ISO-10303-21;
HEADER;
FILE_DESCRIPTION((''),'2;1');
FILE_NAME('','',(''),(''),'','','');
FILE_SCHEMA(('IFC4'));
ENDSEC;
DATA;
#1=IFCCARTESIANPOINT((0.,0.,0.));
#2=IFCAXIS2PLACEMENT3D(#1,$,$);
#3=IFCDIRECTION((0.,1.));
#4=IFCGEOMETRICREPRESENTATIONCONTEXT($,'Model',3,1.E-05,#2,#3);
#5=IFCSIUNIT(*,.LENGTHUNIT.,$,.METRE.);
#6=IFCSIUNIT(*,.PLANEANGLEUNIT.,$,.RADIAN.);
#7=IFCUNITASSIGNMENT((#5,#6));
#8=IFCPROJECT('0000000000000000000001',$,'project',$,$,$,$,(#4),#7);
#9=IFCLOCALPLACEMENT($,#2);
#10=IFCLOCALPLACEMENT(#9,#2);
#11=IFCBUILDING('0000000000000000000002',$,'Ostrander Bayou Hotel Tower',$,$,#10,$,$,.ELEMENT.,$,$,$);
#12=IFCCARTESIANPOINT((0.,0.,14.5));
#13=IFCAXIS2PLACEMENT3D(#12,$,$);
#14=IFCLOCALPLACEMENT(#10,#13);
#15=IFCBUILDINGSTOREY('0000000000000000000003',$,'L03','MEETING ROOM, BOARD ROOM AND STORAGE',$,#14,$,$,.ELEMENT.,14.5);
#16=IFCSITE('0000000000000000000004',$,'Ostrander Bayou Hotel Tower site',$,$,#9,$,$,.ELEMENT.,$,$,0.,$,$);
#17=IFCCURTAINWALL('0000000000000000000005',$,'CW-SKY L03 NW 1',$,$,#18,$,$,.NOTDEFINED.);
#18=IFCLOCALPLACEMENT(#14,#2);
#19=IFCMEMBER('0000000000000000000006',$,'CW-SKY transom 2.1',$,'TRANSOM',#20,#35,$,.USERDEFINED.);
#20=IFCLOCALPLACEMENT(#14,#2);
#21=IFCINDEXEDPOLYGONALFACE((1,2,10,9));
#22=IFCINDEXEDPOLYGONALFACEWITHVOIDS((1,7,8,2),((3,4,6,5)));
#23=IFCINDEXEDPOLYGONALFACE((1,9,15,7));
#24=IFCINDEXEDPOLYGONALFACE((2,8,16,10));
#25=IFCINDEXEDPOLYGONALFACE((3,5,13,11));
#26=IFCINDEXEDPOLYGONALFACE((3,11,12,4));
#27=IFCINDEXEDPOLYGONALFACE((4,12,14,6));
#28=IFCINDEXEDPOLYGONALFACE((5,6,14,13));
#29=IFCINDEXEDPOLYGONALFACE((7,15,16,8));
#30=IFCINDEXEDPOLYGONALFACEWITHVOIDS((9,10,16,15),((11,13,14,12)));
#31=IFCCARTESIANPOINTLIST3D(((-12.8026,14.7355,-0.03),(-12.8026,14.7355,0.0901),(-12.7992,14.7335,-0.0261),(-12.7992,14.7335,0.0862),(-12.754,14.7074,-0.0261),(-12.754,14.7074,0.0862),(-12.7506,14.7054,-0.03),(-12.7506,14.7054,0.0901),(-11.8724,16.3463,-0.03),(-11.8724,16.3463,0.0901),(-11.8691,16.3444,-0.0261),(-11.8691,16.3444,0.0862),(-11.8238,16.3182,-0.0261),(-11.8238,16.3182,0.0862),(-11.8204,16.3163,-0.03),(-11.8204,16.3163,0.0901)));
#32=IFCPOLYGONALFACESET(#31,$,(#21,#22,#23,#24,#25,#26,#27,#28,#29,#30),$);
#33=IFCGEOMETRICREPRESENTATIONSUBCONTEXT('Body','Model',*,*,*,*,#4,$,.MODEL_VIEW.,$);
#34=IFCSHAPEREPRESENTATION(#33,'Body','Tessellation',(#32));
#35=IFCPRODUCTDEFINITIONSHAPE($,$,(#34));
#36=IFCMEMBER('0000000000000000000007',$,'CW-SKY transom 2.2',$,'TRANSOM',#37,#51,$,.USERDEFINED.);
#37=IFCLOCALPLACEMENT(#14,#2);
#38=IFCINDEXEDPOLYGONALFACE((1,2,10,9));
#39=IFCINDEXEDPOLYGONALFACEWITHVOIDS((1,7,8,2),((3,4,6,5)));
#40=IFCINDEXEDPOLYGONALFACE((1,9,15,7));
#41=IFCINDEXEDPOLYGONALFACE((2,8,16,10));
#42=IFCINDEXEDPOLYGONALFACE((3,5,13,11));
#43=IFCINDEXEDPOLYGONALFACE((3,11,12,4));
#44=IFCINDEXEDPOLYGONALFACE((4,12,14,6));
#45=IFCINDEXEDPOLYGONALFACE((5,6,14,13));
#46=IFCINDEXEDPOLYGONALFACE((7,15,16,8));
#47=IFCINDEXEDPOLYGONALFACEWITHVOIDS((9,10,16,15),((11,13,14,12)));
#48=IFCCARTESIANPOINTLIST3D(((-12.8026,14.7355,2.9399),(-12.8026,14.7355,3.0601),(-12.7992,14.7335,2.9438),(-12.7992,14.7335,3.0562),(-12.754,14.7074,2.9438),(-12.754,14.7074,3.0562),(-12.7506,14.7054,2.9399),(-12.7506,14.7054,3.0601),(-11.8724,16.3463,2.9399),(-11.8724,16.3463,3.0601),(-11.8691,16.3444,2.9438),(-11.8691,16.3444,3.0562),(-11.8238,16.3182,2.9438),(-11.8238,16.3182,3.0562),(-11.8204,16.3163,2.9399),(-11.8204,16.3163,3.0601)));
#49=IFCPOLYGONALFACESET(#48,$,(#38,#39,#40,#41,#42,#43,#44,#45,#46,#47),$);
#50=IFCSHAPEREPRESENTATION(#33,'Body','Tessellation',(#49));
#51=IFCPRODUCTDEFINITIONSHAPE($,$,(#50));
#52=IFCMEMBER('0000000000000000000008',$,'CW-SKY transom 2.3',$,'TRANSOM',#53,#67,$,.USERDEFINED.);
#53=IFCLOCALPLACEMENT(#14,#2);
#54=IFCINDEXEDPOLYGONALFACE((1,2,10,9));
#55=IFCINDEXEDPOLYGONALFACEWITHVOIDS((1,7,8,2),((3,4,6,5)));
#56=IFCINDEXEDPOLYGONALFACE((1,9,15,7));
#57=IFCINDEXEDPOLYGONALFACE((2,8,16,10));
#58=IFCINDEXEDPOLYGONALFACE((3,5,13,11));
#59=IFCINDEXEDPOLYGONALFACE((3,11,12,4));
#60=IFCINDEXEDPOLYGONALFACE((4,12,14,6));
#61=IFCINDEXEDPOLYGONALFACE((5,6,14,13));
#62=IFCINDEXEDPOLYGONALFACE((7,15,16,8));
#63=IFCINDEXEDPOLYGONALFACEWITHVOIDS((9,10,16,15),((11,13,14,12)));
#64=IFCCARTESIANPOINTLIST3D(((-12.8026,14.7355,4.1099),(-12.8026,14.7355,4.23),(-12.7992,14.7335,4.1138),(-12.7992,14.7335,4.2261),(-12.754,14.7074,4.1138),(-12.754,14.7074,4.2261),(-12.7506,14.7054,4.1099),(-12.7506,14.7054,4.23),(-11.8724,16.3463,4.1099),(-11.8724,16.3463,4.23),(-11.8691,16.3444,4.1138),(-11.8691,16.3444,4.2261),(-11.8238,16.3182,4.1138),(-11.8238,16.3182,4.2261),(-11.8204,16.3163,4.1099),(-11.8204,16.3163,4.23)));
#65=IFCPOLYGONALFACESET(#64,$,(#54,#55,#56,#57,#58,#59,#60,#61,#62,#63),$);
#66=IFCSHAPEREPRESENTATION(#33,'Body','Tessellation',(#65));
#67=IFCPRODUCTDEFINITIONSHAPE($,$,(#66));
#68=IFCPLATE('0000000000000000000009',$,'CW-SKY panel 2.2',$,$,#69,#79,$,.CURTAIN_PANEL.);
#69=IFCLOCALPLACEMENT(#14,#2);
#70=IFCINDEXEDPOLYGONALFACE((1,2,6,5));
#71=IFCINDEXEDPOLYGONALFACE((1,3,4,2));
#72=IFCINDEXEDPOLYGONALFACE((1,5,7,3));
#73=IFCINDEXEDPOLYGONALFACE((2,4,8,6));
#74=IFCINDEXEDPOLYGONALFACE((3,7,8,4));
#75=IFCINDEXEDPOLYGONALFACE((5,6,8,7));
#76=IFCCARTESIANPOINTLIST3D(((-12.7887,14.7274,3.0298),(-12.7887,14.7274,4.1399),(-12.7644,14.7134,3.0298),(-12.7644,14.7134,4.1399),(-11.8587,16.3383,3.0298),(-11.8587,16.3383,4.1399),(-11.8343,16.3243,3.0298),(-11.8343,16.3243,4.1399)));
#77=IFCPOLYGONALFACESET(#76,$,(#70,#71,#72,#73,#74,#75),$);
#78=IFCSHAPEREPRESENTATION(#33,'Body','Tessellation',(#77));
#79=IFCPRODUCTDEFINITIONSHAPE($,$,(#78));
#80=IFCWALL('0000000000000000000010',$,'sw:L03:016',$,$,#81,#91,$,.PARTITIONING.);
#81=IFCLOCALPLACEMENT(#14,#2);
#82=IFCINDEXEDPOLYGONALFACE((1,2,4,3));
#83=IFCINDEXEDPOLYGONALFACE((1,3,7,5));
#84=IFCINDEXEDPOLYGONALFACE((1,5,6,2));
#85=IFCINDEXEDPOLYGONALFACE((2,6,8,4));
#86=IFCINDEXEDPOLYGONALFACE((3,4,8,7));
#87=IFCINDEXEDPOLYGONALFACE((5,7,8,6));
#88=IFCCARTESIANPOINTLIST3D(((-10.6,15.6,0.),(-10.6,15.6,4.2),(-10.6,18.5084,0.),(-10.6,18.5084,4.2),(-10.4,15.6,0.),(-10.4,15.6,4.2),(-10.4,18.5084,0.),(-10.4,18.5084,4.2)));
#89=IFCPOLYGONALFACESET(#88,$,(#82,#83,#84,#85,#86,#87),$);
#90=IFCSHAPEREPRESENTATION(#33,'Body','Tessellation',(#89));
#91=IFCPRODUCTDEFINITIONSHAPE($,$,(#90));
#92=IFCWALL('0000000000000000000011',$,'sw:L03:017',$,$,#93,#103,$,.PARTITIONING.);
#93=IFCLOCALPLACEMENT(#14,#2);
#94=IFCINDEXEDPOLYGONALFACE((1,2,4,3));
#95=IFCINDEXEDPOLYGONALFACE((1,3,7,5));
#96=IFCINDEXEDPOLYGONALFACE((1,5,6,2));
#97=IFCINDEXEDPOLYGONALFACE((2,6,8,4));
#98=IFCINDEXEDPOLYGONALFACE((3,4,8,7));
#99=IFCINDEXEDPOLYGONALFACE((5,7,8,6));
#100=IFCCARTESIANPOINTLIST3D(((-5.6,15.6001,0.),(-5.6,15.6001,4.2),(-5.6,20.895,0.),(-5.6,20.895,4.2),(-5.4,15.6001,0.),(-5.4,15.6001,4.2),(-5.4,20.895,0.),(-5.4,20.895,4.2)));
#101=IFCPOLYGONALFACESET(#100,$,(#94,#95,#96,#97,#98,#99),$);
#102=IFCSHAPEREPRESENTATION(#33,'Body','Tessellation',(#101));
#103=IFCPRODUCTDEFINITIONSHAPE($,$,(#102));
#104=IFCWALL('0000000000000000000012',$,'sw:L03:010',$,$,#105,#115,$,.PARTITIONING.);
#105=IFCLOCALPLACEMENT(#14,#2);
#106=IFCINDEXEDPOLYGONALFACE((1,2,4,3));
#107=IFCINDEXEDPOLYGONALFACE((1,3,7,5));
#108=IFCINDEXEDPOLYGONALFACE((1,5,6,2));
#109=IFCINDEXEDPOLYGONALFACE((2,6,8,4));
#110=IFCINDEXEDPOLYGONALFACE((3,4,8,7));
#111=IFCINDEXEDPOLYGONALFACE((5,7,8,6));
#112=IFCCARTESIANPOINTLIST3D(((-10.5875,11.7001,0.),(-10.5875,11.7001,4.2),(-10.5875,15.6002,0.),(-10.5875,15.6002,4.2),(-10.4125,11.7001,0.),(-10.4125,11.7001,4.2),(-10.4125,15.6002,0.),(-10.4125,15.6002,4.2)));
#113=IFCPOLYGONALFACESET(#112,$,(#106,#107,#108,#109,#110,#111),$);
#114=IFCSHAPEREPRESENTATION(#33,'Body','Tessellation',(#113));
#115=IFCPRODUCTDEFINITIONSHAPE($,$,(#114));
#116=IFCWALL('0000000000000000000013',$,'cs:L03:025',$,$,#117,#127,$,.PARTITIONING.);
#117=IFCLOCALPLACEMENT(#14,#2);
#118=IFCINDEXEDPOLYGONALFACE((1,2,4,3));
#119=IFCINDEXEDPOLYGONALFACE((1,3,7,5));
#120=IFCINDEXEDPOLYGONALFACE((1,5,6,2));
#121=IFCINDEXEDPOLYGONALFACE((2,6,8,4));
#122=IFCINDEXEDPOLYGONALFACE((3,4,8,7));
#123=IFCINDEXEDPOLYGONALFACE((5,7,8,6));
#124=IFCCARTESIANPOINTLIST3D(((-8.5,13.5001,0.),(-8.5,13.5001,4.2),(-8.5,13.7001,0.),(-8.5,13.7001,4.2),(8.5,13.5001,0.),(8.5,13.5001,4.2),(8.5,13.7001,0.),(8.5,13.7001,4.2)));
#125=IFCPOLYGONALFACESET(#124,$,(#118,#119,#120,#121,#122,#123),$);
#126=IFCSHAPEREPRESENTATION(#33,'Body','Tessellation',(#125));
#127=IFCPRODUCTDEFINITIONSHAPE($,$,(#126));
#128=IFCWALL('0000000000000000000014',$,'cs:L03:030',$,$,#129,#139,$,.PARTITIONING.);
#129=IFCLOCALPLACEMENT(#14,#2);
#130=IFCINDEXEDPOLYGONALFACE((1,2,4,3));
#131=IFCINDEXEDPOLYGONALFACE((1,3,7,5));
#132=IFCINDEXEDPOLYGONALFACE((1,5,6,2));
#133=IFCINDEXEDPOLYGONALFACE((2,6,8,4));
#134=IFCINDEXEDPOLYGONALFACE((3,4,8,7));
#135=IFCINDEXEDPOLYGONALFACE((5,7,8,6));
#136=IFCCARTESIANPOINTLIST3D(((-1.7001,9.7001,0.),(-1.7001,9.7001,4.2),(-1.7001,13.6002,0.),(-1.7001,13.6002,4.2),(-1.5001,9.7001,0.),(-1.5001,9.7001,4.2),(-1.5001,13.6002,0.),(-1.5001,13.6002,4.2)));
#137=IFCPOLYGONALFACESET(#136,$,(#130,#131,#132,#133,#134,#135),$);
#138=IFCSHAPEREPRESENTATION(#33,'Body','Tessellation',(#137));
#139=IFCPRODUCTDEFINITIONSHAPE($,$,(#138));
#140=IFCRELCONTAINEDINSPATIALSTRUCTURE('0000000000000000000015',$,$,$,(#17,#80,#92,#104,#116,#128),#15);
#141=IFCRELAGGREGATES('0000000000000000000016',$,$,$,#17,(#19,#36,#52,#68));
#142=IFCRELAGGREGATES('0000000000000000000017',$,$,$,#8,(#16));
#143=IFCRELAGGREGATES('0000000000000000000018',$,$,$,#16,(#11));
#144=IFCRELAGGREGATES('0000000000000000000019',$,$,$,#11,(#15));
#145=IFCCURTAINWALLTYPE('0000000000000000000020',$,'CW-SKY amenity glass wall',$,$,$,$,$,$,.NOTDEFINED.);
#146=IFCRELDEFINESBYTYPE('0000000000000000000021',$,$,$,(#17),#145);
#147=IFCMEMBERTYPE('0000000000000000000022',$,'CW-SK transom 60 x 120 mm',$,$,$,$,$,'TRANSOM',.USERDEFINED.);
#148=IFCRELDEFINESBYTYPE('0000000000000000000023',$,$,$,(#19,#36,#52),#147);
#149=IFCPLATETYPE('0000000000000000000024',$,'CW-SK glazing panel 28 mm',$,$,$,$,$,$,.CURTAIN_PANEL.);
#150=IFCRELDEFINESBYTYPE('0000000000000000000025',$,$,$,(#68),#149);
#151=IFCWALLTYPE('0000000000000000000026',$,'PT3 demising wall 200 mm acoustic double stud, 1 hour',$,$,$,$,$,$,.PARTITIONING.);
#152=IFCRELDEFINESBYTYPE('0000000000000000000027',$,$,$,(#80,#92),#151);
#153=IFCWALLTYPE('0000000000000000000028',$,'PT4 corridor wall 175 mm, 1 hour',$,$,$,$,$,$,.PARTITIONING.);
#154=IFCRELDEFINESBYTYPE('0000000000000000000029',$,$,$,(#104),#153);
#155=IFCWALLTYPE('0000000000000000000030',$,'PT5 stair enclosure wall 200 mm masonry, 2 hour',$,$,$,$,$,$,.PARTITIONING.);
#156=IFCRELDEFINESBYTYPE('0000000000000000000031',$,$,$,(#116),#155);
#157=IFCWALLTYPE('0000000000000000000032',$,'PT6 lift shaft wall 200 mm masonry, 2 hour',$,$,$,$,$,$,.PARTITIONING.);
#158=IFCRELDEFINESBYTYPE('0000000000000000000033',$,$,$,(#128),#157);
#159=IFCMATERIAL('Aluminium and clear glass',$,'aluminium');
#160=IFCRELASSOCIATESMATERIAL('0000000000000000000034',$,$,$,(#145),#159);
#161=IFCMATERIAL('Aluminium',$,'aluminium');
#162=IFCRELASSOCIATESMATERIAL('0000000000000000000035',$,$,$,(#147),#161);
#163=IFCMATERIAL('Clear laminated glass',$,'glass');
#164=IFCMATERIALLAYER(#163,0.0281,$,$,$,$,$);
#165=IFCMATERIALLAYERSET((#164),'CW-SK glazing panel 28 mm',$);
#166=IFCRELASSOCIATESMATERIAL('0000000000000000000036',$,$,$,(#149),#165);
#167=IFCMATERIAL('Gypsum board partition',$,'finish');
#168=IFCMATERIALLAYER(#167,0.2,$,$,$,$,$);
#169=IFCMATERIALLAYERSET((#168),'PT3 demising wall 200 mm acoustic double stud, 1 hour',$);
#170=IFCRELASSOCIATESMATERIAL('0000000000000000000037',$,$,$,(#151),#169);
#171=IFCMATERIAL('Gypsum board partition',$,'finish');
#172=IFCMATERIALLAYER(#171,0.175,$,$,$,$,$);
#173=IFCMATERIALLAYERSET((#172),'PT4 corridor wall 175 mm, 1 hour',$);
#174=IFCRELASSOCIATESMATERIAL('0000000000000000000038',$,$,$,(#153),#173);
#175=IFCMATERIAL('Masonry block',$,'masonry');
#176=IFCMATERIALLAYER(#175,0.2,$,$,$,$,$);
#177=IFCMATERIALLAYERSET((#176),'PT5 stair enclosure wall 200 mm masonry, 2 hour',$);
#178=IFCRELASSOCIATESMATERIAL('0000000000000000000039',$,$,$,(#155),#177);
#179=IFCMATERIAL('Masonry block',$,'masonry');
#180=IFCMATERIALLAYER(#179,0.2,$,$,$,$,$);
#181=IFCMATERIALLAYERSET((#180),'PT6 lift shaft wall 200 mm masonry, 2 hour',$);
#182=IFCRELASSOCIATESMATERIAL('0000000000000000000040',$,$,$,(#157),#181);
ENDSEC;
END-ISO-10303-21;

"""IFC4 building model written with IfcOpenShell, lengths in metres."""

from ifc_helpers import new_model, si_unit, direction, frame, frame_2d, origin, origin_2d, place, context, subcontext, project, spatial, rectangle, hollow_rectangle, extrude, material, layer, layer_set, material_profile, profile_set, type_object, element, aggregate, save


model = new_model("IFC4")

# Units and contexts
model_context = context("Model", 3, precision=1e-05, world=origin(), true_north=direction((0.0, 1.0)))
body_context = subcontext(model_context, "Body", "Model", "MODEL_VIEW")
ifc_project = project(units=[si_unit("LENGTHUNIT", "METRE"), si_unit("PLANEANGLEUNIT", "RADIAN")], contexts=[model_context])

# Site, building, storey
site_placement = place(None, origin())
site = spatial("IfcSite", under=ifc_project, at=site_placement, Name="Ostrander Bayou Hotel Tower site", CompositionType="ELEMENT", RefElevation=0.0)
building_placement = place(site_placement, origin())
building = spatial("IfcBuilding", under=site, at=building_placement, Name="Ostrander Bayou Hotel Tower", CompositionType="ELEMENT")
storey_placement = place(building_placement, frame((0.0, 0.0, 14.5)))
storey = spatial("IfcBuildingStorey", under=building, at=storey_placement, Name="L03", Description="MEETING ROOM, BOARD ROOM AND STORAGE", CompositionType="ELEMENT", Elevation=14.5)

# Curtain wall, members, plate
ifc_material_1 = material(Name="Aluminium and clear glass", Category="aluminium")
curtain_wall_type = type_object("IfcCurtainWallType", Name="CW-SKY amenity glass wall", PredefinedType="NOTDEFINED", material=ifc_material_1)
curtain_wall_placement = place(storey_placement, origin())
curtain_wall = element("IfcCurtainWall", 1, at=curtain_wall_placement, inside=storey, type_object=curtain_wall_type, Name="CW-SKY L03 NW 1", PredefinedType="NOTDEFINED")
ifc_material_2 = material(Name="Aluminium", Category="aluminium")
ifc_material_profile = material_profile(ifc_material_2, hollow_rectangle(XDim=0.0601, YDim=0.1201, WallThickness=0.0039, at=origin_2d()))
ifc_profile_set = profile_set([ifc_material_profile], Name="Aluminium")
member_type = type_object("IfcMemberType", Name="CW-SK transom 60 x 120 mm", ElementType="TRANSOM", PredefinedType="USERDEFINED", material=ifc_profile_set)
member_1_placement = place(storey_placement, frame((-11.8464, 16.3313, 0.03), z_axis=(-0.500063, -0.865989, 0.0), x_axis=(0.865989, -0.500063, 0.0)))
member_1 = element("IfcMember", 2, at=member_1_placement, type_object=member_type, Name="CW-SKY transom 2.1", ObjectType="TRANSOM", PredefinedType="USERDEFINED", context=body_context, shape_type="SweptSolid", body=[
    extrude(hollow_rectangle(XDim=0.0601, YDim=0.1201, WallThickness=0.0039, at=origin_2d()), origin(), (0.0, 0.0, 1.0), 1.8601),
])
member_2_placement = place(storey_placement, frame((-11.8464, 16.3313, 3.0), z_axis=(-0.500063, -0.865989, 0.0), x_axis=(0.865989, -0.500063, 0.0)))
member_2 = element("IfcMember", 3, at=member_2_placement, type_object=member_type, Name="CW-SKY transom 2.2", ObjectType="TRANSOM", PredefinedType="USERDEFINED", context=body_context, shape_type="SweptSolid", body=[
    extrude(hollow_rectangle(XDim=0.0601, YDim=0.1201, WallThickness=0.0039, at=origin_2d()), origin(), (0.0, 0.0, 1.0), 1.8601),
])
member_3_placement = place(storey_placement, frame((-11.8464, 16.3313, 4.1699), z_axis=(-0.500063, -0.865989, 0.0), x_axis=(0.865989, -0.500063, 0.0)))
member_3 = element("IfcMember", 4, at=member_3_placement, type_object=member_type, Name="CW-SKY transom 2.3", ObjectType="TRANSOM", PredefinedType="USERDEFINED", context=body_context, shape_type="SweptSolid", body=[
    extrude(hollow_rectangle(XDim=0.0601, YDim=0.1201, WallThickness=0.0039, at=origin_2d()), origin(), (0.0, 0.0, 1.0), 1.8601),
])
ifc_material_3 = material(Name="Clear laminated glass", Category="glass")
ifc_layer_1 = layer(ifc_material_3, 0.0281)
ifc_layer_set_1 = layer_set([ifc_layer_1], Name="CW-SK glazing panel 28 mm")
plate_type = type_object("IfcPlateType", Name="CW-SK glazing panel 28 mm", PredefinedType="CURTAIN_PANEL", material=ifc_layer_set_1)
plate_placement = place(storey_placement, frame((-12.3115, 15.5259, 3.0298), z_axis=(0.0, 0.0, 1.0), x_axis=(-0.5, -0.866025, 0.0)))
plate = element("IfcPlate", 5, at=plate_placement, type_object=plate_type, Name="CW-SKY panel 2.2", PredefinedType="CURTAIN_PANEL", context=body_context, shape_type="SweptSolid", body=[
    extrude(rectangle(XDim=1.8601, YDim=0.0281, at=origin_2d()), origin(), (0.0, 0.0, 1.0), 1.1101),
])
aggregate(curtain_wall, [member_1, member_2, member_3, plate])

# Walls
ifc_material_4 = material(Name="Gypsum board partition", Category="finish")
ifc_layer_2 = layer(ifc_material_4, 0.2)
ifc_layer_set_2 = layer_set([ifc_layer_2], Name="PT3 demising wall 200 mm acoustic double stud, 1 hour")
wall_type_1 = type_object("IfcWallType", Name="PT3 demising wall 200 mm acoustic double stud, 1 hour", PredefinedType="PARTITIONING", material=ifc_layer_set_2)
wall_1_placement = place(storey_placement, frame((-10.5, 15.6001, 0.0), z_axis=(0.0, 0.0, 1.0), x_axis=(0.0, 1.0, 0.0)))
element("IfcWall", 6, at=wall_1_placement, inside=storey, type_object=wall_type_1, Name="sw:L03:016", PredefinedType="PARTITIONING", context=body_context, shape_type="SweptSolid", body=[
    extrude(rectangle(XDim=2.9084, YDim=0.2, at=frame_2d((1.4541, 0.0))), origin(), (0.0, 0.0, 1.0), 4.2),
])
wall_2_placement = place(storey_placement, frame((-5.5, 15.6001, 0.0), z_axis=(0.0, 0.0, 1.0), x_axis=(0.0, 1.0, 0.0)))
element("IfcWall", 7, at=wall_2_placement, inside=storey, type_object=wall_type_1, Name="sw:L03:017", PredefinedType="PARTITIONING", context=body_context, shape_type="SweptSolid", body=[
    extrude(rectangle(XDim=5.2949, YDim=0.2, at=frame_2d((2.6475, 0.0))), origin(), (0.0, 0.0, 1.0), 4.2),
])

# Shared definitions
ifc_material_5 = material(Name="Gypsum board partition", Category="finish")
ifc_layer_3 = layer(ifc_material_5, 0.175)
ifc_layer_set_3 = layer_set([ifc_layer_3], Name="PT4 corridor wall 175 mm, 1 hour")
wall_type_2 = type_object("IfcWallType", Name="PT4 corridor wall 175 mm, 1 hour", PredefinedType="PARTITIONING", material=ifc_layer_set_3)

# Walls
wall_3_placement = place(storey_placement, frame((-10.5, 11.7, 0.0), z_axis=(0.0, 0.0, 1.0), x_axis=(0.0, 1.0, 0.0)))
element("IfcWall", 8, at=wall_3_placement, inside=storey, type_object=wall_type_2, Name="sw:L03:010", PredefinedType="PARTITIONING", context=body_context, shape_type="SweptSolid", body=[
    extrude(rectangle(XDim=3.9001, YDim=0.175, at=frame_2d((1.9502, 0.0))), origin(), (0.0, 0.0, 1.0), 4.2),
])
ifc_material_6 = material(Name="Masonry block", Category="masonry")
ifc_layer_4 = layer(ifc_material_6, 0.2)
ifc_layer_set_4 = layer_set([ifc_layer_4], Name="PT5 stair enclosure wall 200 mm masonry, 2 hour")
wall_type_3 = type_object("IfcWallType", Name="PT5 stair enclosure wall 200 mm masonry, 2 hour", PredefinedType="PARTITIONING", material=ifc_layer_set_4)
wall_4_placement = place(storey_placement, frame((-8.5, 13.6001, 0.0), z_axis=(0.0, 0.0, 1.0), x_axis=(1.0, 0.0, 0.0)))
element("IfcWall", 9, at=wall_4_placement, inside=storey, type_object=wall_type_3, Name="cs:L03:025", PredefinedType="PARTITIONING", context=body_context, shape_type="SweptSolid", body=[
    extrude(rectangle(XDim=17.0, YDim=0.2, at=frame_2d((8.5, 0.0))), origin(), (0.0, 0.0, 1.0), 4.2),
])

# Wall
ifc_material_7 = material(Name="Masonry block", Category="masonry")
ifc_layer_5 = layer(ifc_material_7, 0.2)
ifc_layer_set_5 = layer_set([ifc_layer_5], Name="PT6 lift shaft wall 200 mm masonry, 2 hour")
wall_type_4 = type_object("IfcWallType", Name="PT6 lift shaft wall 200 mm masonry, 2 hour", PredefinedType="PARTITIONING", material=ifc_layer_set_5)
wall_5_placement = place(storey_placement, frame((-1.6001, 9.7, 0.0), z_axis=(0.0, 0.0, 1.0), x_axis=(0.0, 1.0, 0.0)))
element("IfcWall", 10, at=wall_5_placement, inside=storey, type_object=wall_type_4, Name="cs:L03:030", PredefinedType="PARTITIONING", context=body_context, shape_type="SweptSolid", body=[
    extrude(rectangle(XDim=3.9001, YDim=0.2, at=frame_2d((1.9502, 0.0))), origin(), (0.0, 0.0, 1.0), 4.2),
])

save(model, "model.ifc")
